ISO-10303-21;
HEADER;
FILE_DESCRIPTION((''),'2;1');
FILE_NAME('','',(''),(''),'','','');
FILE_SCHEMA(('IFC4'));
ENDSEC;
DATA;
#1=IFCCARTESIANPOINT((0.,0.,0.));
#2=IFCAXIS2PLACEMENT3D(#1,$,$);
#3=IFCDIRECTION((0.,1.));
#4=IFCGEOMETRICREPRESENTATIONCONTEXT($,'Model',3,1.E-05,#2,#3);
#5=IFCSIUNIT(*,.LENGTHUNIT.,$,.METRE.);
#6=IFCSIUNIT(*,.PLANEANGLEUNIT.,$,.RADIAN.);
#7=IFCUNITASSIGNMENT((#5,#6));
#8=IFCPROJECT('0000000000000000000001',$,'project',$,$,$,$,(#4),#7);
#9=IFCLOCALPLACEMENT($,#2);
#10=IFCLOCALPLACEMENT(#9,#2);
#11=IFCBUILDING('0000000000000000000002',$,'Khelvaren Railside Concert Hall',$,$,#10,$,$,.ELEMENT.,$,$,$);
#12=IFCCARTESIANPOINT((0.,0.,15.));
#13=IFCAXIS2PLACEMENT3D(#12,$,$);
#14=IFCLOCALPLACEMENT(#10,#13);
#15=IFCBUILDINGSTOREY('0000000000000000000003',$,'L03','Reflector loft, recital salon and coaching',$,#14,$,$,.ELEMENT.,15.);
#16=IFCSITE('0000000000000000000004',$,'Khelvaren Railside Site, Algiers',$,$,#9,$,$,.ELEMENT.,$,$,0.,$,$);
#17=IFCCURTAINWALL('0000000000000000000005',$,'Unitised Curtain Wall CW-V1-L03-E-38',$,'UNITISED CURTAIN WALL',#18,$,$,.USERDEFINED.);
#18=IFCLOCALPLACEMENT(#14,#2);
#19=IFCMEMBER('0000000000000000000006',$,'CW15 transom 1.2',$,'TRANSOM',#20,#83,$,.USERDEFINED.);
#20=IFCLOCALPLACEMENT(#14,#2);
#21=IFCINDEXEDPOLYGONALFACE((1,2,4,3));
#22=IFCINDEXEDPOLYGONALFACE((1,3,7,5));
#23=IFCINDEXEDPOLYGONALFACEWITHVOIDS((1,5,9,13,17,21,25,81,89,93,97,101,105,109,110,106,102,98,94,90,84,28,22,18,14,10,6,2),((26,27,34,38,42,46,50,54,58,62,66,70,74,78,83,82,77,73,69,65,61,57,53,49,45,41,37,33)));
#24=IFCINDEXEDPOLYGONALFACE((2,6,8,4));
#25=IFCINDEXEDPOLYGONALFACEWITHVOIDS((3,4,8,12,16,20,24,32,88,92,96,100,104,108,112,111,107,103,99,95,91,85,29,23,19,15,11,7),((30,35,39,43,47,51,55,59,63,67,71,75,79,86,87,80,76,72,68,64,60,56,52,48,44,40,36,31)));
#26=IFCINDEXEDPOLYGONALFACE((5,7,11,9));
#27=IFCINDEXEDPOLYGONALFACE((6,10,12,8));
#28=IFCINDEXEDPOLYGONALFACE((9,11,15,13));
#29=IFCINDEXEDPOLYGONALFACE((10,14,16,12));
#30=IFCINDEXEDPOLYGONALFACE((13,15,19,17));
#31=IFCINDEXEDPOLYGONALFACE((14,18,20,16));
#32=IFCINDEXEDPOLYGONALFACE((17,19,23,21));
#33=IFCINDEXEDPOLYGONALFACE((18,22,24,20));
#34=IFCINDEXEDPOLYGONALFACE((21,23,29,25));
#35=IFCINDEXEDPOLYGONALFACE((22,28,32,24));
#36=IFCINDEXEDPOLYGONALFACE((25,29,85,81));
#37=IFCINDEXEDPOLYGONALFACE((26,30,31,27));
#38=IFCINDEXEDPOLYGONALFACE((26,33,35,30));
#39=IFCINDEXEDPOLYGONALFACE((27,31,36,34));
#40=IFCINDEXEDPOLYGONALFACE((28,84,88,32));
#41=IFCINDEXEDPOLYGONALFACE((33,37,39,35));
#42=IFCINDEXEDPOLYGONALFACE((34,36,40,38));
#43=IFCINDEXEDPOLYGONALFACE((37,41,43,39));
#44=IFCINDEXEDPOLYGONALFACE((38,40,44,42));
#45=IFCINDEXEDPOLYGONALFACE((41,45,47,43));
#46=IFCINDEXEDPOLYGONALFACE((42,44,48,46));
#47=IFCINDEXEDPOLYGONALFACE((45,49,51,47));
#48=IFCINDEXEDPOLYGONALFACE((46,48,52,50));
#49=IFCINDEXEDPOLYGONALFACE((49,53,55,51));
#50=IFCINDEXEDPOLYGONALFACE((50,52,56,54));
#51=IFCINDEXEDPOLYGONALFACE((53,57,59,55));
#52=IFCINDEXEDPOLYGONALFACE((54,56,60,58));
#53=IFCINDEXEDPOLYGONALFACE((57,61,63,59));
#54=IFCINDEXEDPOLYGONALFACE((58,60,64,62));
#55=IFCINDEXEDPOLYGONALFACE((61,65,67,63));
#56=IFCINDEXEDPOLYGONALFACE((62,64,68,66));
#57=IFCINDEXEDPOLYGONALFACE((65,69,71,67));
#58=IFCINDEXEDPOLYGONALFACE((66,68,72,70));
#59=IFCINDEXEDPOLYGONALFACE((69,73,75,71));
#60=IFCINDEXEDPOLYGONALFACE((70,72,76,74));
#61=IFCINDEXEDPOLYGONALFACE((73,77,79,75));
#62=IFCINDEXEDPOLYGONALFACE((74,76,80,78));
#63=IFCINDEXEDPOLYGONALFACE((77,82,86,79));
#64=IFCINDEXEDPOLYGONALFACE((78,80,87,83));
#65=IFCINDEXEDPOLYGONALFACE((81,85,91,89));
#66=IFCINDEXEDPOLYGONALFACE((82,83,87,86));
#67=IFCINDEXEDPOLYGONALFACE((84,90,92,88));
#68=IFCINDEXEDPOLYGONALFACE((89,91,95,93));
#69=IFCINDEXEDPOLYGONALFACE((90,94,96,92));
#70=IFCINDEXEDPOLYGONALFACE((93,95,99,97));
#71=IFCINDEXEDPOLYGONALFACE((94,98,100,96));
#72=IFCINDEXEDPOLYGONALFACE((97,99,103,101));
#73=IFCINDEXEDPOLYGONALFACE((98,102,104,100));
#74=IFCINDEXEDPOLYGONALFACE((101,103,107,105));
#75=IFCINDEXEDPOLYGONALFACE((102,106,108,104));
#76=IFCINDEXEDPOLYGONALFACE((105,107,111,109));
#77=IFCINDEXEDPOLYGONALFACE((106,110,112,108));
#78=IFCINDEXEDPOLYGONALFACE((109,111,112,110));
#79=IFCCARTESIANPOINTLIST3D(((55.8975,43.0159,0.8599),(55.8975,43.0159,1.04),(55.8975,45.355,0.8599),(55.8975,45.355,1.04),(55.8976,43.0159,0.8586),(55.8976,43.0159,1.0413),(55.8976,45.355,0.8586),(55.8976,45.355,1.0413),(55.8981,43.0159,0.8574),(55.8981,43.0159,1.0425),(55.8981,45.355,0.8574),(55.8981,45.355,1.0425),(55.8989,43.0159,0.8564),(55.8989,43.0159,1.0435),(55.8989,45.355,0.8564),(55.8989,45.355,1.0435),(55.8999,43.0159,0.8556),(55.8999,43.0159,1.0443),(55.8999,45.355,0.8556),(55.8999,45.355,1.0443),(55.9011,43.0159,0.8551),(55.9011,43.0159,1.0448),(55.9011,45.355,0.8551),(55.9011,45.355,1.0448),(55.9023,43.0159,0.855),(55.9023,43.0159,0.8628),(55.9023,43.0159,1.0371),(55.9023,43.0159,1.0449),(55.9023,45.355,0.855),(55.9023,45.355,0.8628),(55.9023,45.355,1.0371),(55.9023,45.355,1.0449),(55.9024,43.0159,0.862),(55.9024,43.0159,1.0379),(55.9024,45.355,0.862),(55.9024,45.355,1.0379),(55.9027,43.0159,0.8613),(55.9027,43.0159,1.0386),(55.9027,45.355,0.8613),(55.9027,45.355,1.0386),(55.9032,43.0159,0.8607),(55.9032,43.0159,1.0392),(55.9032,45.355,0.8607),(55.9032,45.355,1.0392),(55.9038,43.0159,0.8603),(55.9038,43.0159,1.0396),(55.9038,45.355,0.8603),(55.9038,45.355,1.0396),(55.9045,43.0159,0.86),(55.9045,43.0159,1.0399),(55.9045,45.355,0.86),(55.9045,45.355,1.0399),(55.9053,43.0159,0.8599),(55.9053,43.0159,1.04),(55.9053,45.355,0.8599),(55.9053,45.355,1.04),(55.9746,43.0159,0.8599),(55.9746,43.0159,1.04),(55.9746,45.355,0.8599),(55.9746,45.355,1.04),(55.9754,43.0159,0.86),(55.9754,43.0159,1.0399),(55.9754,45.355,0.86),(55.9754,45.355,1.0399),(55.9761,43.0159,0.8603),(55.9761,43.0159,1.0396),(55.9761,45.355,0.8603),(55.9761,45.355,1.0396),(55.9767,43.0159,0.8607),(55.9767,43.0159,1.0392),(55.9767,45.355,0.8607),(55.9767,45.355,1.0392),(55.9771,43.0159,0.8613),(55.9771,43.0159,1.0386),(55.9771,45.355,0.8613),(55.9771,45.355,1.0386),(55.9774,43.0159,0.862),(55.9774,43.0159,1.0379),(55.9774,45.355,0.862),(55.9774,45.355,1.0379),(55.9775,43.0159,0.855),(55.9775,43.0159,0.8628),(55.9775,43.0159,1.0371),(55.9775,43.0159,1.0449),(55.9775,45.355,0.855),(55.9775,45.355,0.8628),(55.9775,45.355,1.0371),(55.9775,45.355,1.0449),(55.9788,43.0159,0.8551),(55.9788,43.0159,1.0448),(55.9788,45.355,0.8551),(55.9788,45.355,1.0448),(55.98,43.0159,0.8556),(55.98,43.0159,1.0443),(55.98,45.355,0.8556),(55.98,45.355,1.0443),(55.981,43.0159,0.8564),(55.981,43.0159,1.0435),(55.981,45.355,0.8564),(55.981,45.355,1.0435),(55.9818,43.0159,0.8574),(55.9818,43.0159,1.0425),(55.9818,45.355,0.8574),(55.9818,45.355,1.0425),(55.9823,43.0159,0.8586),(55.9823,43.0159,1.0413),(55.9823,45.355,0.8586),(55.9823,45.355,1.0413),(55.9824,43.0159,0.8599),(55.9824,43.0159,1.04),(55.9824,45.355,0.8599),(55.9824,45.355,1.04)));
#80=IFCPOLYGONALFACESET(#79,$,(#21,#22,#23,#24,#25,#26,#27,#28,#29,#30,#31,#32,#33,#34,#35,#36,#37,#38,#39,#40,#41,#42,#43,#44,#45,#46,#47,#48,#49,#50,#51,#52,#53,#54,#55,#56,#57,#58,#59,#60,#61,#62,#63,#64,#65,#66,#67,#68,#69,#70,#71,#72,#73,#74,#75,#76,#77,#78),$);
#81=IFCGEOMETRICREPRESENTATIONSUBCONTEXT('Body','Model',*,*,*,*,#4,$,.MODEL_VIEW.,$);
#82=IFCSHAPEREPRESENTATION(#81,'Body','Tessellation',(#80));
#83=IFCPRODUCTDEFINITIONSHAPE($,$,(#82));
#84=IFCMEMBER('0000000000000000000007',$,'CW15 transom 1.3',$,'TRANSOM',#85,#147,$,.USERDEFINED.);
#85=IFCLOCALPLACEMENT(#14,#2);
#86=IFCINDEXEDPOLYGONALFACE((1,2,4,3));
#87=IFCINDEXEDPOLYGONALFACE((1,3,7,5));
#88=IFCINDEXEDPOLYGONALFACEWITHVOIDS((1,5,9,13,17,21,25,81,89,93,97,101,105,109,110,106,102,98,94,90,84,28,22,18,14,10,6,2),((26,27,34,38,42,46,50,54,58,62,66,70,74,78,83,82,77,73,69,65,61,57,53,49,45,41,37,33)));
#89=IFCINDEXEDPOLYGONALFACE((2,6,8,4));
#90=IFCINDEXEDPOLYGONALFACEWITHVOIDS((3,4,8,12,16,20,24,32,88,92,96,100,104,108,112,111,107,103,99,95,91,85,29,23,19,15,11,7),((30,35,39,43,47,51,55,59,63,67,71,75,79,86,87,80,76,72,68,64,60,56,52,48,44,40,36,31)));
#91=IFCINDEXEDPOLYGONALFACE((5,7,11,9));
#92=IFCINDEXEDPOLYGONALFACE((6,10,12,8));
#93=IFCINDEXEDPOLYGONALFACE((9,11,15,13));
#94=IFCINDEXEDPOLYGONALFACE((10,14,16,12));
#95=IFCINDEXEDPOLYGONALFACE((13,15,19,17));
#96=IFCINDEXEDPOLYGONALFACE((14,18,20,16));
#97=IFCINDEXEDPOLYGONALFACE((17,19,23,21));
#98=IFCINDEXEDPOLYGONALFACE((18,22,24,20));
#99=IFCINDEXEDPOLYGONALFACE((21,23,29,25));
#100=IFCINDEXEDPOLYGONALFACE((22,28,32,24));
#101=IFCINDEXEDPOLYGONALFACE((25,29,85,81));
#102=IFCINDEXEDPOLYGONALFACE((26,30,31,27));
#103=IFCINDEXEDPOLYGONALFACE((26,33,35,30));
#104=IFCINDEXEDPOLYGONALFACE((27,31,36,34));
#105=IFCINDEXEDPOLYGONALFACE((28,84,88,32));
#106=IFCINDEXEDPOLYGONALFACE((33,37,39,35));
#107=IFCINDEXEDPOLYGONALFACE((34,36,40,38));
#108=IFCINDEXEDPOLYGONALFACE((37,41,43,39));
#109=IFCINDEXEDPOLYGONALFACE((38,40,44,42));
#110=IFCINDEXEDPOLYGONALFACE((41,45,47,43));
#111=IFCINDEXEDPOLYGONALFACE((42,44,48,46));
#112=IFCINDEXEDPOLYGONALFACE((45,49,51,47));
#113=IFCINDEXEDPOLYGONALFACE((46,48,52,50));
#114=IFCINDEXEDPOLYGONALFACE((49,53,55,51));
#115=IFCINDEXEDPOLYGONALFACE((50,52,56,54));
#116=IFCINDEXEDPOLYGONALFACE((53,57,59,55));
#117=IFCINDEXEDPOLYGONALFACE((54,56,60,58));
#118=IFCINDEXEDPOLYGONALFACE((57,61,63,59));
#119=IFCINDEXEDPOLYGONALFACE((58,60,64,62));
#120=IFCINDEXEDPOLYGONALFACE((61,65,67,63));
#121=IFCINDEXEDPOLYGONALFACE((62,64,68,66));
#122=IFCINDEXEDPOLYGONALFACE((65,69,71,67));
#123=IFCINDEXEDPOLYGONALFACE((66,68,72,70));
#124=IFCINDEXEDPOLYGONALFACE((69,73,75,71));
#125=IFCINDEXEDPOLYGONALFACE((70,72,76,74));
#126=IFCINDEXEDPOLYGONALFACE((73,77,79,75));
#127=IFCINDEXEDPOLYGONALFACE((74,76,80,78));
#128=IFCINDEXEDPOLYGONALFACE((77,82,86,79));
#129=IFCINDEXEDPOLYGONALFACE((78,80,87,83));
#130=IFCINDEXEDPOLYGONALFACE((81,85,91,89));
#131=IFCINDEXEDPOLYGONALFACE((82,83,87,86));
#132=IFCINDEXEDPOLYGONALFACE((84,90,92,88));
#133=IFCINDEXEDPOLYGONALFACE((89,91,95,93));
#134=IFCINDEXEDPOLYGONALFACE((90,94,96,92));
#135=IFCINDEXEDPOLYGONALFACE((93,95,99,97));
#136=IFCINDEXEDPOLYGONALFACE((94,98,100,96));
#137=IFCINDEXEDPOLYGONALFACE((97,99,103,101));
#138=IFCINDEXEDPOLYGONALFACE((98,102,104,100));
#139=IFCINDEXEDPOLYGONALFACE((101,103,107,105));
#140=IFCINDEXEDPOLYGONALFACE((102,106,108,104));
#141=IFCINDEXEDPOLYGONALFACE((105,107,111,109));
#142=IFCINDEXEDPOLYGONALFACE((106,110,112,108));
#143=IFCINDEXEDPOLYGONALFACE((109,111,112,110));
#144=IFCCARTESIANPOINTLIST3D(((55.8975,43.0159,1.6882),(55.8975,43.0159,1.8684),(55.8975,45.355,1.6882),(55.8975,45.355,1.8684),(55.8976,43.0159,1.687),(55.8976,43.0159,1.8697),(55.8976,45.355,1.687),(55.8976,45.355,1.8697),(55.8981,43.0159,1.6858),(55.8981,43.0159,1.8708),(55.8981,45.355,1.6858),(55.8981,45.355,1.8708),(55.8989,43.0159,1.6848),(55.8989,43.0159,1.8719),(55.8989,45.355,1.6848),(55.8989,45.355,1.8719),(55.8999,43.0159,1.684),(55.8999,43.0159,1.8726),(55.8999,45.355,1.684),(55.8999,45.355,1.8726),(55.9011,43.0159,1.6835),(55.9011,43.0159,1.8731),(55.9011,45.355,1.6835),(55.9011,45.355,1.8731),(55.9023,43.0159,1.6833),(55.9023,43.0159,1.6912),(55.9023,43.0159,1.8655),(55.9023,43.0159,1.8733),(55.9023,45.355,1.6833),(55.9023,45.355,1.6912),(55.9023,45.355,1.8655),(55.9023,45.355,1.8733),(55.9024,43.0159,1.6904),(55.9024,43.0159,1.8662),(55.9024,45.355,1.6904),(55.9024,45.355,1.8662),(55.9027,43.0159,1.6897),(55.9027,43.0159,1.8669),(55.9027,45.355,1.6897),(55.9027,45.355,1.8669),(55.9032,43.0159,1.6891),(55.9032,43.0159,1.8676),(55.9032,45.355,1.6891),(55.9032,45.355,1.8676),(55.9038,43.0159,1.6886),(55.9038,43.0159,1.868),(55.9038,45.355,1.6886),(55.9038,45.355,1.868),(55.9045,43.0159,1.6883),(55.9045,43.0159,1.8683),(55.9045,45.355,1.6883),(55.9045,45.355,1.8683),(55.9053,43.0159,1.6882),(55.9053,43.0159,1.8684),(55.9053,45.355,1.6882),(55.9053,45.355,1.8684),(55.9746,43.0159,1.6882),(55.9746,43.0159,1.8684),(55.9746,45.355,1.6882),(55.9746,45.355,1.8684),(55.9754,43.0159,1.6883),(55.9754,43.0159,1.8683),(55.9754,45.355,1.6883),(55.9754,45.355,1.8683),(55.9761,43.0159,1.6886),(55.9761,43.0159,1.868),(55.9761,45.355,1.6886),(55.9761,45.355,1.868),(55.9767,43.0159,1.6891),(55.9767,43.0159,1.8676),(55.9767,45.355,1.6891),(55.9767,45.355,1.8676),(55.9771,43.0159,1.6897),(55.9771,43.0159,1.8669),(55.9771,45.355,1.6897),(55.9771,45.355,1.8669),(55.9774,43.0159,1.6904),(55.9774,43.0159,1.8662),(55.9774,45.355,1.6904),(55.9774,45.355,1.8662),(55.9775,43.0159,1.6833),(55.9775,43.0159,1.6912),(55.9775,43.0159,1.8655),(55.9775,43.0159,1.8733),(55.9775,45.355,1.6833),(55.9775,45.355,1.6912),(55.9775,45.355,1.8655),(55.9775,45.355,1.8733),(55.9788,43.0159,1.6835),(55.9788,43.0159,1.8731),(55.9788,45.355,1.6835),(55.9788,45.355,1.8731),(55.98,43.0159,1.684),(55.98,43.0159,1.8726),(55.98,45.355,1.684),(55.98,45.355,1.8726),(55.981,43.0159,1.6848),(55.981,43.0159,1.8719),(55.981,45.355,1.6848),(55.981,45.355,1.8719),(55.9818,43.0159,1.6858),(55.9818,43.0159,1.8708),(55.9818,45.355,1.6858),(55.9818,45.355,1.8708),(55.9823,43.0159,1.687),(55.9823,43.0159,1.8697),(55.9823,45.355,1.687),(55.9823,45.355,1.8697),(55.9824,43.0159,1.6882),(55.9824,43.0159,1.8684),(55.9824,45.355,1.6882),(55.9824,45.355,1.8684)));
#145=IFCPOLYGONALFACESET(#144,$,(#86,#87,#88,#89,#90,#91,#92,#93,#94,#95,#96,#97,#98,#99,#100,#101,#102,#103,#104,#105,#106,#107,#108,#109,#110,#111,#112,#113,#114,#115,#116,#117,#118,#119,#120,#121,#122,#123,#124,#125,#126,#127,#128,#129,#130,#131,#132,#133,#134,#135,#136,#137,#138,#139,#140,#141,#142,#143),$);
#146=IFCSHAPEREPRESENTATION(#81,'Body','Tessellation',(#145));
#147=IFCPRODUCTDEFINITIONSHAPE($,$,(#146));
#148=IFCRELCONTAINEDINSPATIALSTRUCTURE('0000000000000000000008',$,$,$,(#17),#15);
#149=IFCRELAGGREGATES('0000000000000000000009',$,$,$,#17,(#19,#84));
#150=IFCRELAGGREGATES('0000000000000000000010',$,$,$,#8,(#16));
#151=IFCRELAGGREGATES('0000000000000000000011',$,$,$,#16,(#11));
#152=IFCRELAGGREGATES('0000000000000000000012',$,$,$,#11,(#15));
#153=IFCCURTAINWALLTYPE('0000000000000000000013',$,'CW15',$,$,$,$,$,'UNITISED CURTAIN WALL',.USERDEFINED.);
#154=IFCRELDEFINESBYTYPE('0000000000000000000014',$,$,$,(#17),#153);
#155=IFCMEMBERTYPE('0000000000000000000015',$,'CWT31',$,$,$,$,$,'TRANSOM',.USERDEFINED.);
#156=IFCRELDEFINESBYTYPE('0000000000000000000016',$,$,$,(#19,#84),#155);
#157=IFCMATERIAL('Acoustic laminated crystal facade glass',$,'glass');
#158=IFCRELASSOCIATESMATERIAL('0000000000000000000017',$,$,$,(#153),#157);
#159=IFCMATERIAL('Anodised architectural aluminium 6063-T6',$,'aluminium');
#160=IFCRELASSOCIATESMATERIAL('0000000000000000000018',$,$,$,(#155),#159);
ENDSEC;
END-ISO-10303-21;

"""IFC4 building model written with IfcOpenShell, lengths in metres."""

from ifc_helpers import new_model, si_unit, direction, frame, origin, origin_2d, place, context, subcontext, project, spatial, hollow_rectangle, extrude, material, material_profile, profile_set, type_object, element, aggregate, save


model = new_model("IFC4")

# Units and contexts
model_context = context("Model", 3, precision=1e-05, world=origin(), true_north=direction((0.0, 1.0)))
body_context = subcontext(model_context, "Body", "Model", "MODEL_VIEW")
ifc_project = project(units=[si_unit("LENGTHUNIT", "METRE"), si_unit("PLANEANGLEUNIT", "RADIAN")], contexts=[model_context])

# Site, building, storey
site_placement = place(None, origin())
site = spatial("IfcSite", under=ifc_project, at=site_placement, Name="Khelvaren Railside Site, Algiers", CompositionType="ELEMENT", RefElevation=0.0)
building_placement = place(site_placement, origin())
building = spatial("IfcBuilding", under=site, at=building_placement, Name="Khelvaren Railside Concert Hall", CompositionType="ELEMENT")
storey_placement = place(building_placement, frame((0.0, 0.0, 15.0)))
storey = spatial("IfcBuildingStorey", under=building, at=storey_placement, Name="L03", Description="Reflector loft, recital salon and coaching", CompositionType="ELEMENT", Elevation=15.0)

# Curtain wall, members
ifc_material_1 = material(Name="Acoustic laminated crystal facade glass", Category="glass")
curtain_wall_type = type_object("IfcCurtainWallType", Name="CW15", ElementType="UNITISED CURTAIN WALL", PredefinedType="USERDEFINED", material=ifc_material_1)
curtain_wall_placement = place(storey_placement, origin())
curtain_wall = element("IfcCurtainWall", 1, at=curtain_wall_placement, inside=storey, type_object=curtain_wall_type, Name="Unitised Curtain Wall CW-V1-L03-E-38", ObjectType="UNITISED CURTAIN WALL", PredefinedType="USERDEFINED")
ifc_material_2 = material(Name="Anodised architectural aluminium 6063-T6", Category="aluminium")
ifc_material_profile_1 = material_profile(ifc_material_2, hollow_rectangle(XDim=0.085, YDim=0.1899, WallThickness=0.0049, InnerFilletRadius=0.0029, OuterFilletRadius=0.0049, at=origin_2d()), Name="CWT 85x190x5")
ifc_profile_set_1 = profile_set([ifc_material_profile_1], Name="Anodised architectural aluminium 6063-T6")
member_type_1 = type_object("IfcMemberType", Name="CWT31", ElementType="TRANSOM", PredefinedType="USERDEFINED", material=ifc_profile_set_1)
member_1_placement = place(storey_placement, frame((55.9399, 45.355, 0.95), z_axis=(0.0, -1.0, 0.0), x_axis=(1.0, 0.0, 0.0)))
member_1 = element("IfcMember", 2, at=member_1_placement, type_object=member_type_1, Name="CW15 transom 1.2", ObjectType="TRANSOM", PredefinedType="USERDEFINED", context=body_context, shape_type="SweptSolid", body=[
    extrude(hollow_rectangle(XDim=0.085, YDim=0.1899, WallThickness=0.0049, InnerFilletRadius=0.0029, OuterFilletRadius=0.0049, at=origin_2d()), origin(), (0.0, 0.0, 1.0), 2.3391),
])
member_2_placement = place(storey_placement, frame((55.9399, 45.355, 1.7783), z_axis=(0.0, -1.0, 0.0), x_axis=(1.0, 0.0, 0.0)))
member_2 = element("IfcMember", 3, at=member_2_placement, type_object=member_type_1, Name="CW15 transom 1.3", ObjectType="TRANSOM", PredefinedType="USERDEFINED", context=body_context, shape_type="SweptSolid", body=[
    extrude(hollow_rectangle(XDim=0.085, YDim=0.1899, WallThickness=0.0049, InnerFilletRadius=0.0029, OuterFilletRadius=0.0049, at=origin_2d()), origin(), (0.0, 0.0, 1.0), 2.3391),
])

aggregate(curtain_wall, [member_1, member_2])

save(model, "model.ifc")
